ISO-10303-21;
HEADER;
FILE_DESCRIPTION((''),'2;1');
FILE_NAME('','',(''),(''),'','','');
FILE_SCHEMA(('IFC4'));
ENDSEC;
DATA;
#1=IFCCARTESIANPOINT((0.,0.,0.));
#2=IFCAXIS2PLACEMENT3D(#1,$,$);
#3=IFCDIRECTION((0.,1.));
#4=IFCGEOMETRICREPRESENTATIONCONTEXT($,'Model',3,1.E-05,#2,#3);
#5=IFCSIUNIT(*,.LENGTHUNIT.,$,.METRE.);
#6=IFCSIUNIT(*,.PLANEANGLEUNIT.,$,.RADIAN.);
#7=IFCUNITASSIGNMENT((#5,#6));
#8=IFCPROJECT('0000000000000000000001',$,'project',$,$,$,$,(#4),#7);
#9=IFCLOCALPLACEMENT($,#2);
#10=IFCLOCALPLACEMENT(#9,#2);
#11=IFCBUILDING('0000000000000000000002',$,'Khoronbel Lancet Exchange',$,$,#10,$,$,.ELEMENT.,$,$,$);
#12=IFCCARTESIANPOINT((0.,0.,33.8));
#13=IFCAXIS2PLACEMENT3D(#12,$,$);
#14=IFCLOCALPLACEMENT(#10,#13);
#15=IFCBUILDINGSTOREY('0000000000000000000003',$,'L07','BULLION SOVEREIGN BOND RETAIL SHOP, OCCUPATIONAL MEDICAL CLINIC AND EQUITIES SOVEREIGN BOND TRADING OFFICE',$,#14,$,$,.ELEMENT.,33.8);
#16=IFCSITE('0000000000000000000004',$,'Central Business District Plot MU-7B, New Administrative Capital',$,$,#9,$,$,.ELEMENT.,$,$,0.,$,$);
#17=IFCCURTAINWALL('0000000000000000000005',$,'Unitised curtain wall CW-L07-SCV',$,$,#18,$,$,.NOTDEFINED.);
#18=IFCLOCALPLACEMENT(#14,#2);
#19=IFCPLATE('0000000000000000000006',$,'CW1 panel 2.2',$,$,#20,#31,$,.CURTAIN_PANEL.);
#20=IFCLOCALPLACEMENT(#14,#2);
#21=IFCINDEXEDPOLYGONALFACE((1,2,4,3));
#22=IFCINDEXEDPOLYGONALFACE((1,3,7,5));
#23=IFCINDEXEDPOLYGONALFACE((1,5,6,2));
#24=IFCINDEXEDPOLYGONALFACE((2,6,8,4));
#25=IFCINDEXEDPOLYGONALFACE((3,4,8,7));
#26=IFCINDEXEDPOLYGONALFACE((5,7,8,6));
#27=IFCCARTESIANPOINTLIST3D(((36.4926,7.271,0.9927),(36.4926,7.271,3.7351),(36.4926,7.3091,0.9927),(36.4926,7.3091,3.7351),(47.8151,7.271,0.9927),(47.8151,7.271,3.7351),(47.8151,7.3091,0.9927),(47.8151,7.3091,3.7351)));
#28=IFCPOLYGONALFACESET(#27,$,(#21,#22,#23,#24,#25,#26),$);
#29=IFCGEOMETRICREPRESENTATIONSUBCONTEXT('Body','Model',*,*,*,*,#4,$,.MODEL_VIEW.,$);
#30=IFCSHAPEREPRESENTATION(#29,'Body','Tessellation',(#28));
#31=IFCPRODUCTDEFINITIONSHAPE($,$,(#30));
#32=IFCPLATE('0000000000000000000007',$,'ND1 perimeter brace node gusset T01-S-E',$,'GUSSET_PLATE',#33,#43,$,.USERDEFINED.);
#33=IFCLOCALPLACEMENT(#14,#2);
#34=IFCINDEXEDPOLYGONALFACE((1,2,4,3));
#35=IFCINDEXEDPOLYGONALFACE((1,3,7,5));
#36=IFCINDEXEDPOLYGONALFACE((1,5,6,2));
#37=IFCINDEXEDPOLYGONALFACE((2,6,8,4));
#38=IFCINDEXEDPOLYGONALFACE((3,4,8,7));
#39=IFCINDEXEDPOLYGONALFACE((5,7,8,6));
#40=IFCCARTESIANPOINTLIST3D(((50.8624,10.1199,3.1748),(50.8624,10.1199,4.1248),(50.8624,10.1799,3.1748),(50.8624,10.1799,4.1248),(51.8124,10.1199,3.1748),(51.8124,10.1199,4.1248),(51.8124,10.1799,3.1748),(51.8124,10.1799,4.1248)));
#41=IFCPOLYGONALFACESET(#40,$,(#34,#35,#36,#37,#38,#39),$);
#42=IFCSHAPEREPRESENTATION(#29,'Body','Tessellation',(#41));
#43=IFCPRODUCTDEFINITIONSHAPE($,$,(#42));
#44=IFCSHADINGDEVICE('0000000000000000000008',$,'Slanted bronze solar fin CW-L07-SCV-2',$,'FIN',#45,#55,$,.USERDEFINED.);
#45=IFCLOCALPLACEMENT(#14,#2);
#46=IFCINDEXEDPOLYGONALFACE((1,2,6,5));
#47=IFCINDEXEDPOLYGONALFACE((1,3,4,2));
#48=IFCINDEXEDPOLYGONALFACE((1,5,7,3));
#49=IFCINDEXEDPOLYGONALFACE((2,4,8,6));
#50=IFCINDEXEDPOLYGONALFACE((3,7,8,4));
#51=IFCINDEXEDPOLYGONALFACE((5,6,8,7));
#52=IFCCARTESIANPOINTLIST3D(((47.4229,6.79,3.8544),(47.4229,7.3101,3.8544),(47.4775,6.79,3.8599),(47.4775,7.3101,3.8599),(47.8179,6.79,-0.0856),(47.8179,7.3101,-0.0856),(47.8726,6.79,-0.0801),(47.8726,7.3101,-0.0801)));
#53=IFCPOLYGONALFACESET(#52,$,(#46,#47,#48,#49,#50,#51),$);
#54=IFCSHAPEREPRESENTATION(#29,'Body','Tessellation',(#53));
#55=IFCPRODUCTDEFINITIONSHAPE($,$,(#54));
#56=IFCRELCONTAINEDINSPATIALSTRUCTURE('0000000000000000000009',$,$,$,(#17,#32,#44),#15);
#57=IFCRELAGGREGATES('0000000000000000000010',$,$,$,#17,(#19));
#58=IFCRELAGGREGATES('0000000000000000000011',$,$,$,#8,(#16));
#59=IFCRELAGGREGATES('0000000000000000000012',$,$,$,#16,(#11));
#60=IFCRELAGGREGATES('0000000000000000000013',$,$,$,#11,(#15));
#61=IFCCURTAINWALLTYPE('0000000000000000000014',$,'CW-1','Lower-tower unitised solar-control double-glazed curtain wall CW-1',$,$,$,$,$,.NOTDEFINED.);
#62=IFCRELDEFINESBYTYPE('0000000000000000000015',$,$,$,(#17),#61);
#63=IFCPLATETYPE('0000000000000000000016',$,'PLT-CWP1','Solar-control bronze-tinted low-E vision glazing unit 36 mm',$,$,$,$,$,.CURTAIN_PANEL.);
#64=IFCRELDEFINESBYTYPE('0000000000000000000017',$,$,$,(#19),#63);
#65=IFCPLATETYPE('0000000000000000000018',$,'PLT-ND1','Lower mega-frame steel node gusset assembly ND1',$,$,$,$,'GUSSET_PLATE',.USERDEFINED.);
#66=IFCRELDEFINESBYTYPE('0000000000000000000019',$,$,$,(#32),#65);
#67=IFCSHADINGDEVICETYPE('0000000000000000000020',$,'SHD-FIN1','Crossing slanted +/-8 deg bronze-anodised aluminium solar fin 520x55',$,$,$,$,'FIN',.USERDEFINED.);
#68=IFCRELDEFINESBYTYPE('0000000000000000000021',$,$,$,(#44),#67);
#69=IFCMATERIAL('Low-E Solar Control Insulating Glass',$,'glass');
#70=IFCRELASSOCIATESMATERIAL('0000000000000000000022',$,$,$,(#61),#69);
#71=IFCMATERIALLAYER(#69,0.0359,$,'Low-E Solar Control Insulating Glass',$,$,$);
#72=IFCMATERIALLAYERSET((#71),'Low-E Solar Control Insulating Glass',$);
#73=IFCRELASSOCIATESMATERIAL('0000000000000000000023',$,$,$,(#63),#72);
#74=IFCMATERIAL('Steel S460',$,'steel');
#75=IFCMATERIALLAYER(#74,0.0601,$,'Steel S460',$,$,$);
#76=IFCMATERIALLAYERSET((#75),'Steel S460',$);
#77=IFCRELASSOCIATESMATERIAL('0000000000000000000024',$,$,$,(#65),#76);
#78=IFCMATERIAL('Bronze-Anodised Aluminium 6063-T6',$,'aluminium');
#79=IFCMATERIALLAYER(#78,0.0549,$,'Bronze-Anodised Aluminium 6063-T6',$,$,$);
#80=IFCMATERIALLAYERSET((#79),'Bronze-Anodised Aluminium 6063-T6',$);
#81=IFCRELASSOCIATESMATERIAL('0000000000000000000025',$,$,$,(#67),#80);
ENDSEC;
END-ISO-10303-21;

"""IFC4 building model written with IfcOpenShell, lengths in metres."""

from ifc_helpers import new_model, si_unit, direction, frame, origin, origin_2d, place, context, subcontext, project, spatial, polyline, rectangle, outline, extrude, material, layer, layer_set, type_object, element, aggregate, save


model = new_model("IFC4")

# Units and contexts
model_context = context("Model", 3, precision=1e-05, world=origin(), true_north=direction((0.0, 1.0)))
body_context = subcontext(model_context, "Body", "Model", "MODEL_VIEW")
ifc_project = project(units=[si_unit("LENGTHUNIT", "METRE"), si_unit("PLANEANGLEUNIT", "RADIAN")], contexts=[model_context])

# Site, building, storey
site_placement = place(None, origin())
site = spatial("IfcSite", under=ifc_project, at=site_placement, Name="Central Business District Plot MU-7B, New Administrative Capital", CompositionType="ELEMENT", RefElevation=0.0)
building_placement = place(site_placement, origin())
building = spatial("IfcBuilding", under=site, at=building_placement, Name="Khoronbel Lancet Exchange", CompositionType="ELEMENT")
storey_placement = place(building_placement, frame((0.0, 0.0, 33.8)))
storey = spatial("IfcBuildingStorey", under=building, at=storey_placement, Name="L07", Description="BULLION SOVEREIGN BOND RETAIL SHOP, OCCUPATIONAL MEDICAL CLINIC AND EQUITIES SOVEREIGN BOND TRADING OFFICE", CompositionType="ELEMENT", Elevation=33.8)

# Shared definitions
ifc_material_1 = material(Name="Steel S460", Category="steel")

# Curtain wall
ifc_material_2 = material(Name="Low-E Solar Control Insulating Glass", Category="glass")
curtain_wall_type = type_object("IfcCurtainWallType", Name="CW-1", Description="Lower-tower unitised solar-control double-glazed curtain wall CW-1", PredefinedType="NOTDEFINED", material=ifc_material_2)
curtain_wall_1_placement = place(storey_placement, origin())
curtain_wall_1 = element("IfcCurtainWall", 1, at=curtain_wall_1_placement, inside=storey, type_object=curtain_wall_type, Name="Unitised curtain wall CW-L07-SCV", PredefinedType="NOTDEFINED")
ifc_material_3 = material(Name="Bronze-Anodised Aluminium 6063-T6", Category="aluminium")

# Plates
ifc_layer_1 = layer(ifc_material_2, 0.0359, Name="Low-E Solar Control Insulating Glass")
ifc_layer_set_1 = layer_set([ifc_layer_1], Name="Low-E Solar Control Insulating Glass")
plate_type_1 = type_object("IfcPlateType", Name="PLT-CWP1", Description="Solar-control bronze-tinted low-E vision glazing unit 36 mm", PredefinedType="CURTAIN_PANEL", material=ifc_layer_set_1)
plate_1_placement = place(storey_placement, frame((42.1538, 7.29, 0.9927), z_axis=(0.0, 0.0, 1.0), x_axis=(1.0, 0.0, 0.0)))
plate_1 = element("IfcPlate", 2, at=plate_1_placement, type_object=plate_type_1, Name="CW1 panel 2.2", PredefinedType="CURTAIN_PANEL", context=body_context, shape_type="SweptSolid", body=[
    extrude(rectangle(XDim=11.3225, YDim=0.0381, at=origin_2d()), origin(), (0.0, 0.0, 1.0), 2.7424),
])
aggregate(curtain_wall_1, [plate_1])
ifc_layer_2 = layer(ifc_material_1, 0.0601, Name="Steel S460")
ifc_layer_set_2 = layer_set([ifc_layer_2], Name="Steel S460")
plate_type_2 = type_object("IfcPlateType", Name="PLT-ND1", Description="Lower mega-frame steel node gusset assembly ND1", ElementType="GUSSET_PLATE", PredefinedType="USERDEFINED", material=ifc_layer_set_2)
plate_2_placement = place(storey_placement, frame((51.3374, 10.1499, 3.1748), z_axis=(0.0, 0.0, 1.0), x_axis=(1.0, 0.0, 0.0)))
element("IfcPlate", 3, at=plate_2_placement, inside=storey, type_object=plate_type_2, Name="ND1 perimeter brace node gusset T01-S-E", ObjectType="GUSSET_PLATE", PredefinedType="USERDEFINED", context=body_context, shape_type="SweptSolid", body=[
    extrude(rectangle(XDim=0.95, YDim=0.0601, at=origin_2d()), origin(), (0.0, 0.0, 1.0), 0.95),
])

# Shading device
ifc_layer_3 = layer(ifc_material_3, 0.0549, Name="Bronze-Anodised Aluminium 6063-T6")
ifc_layer_set_3 = layer_set([ifc_layer_3], Name="Bronze-Anodised Aluminium 6063-T6")
shading_device_type = type_object("IfcShadingDeviceType", Name="SHD-FIN1", Description="Crossing slanted +/-8 deg bronze-anodised aluminium solar fin 520x55", ElementType="FIN", PredefinedType="USERDEFINED", material=ifc_layer_set_3)
shading_device_placement = place(storey_placement, frame((47.8726, 7.3101, -0.0801), z_axis=(0.995012, 0.0, 0.09976), x_axis=(0.0, -1.0, 0.0)))
element("IfcShadingDevice", 4, at=shading_device_placement, inside=storey, type_object=shading_device_type, Name="Slanted bronze solar fin CW-L07-SCV-2", ObjectType="FIN", PredefinedType="USERDEFINED", context=body_context, shape_type="SweptSolid", body=[
    extrude(outline(polyline([(0.0, 0.0), (0.52, 0.0), (0.52, -3.9597), (0.0, -3.9597), (0.0, 0.0)])), origin(), (0.0, 0.0, -1.0), 0.0549),
])

save(model, "model.ifc")
